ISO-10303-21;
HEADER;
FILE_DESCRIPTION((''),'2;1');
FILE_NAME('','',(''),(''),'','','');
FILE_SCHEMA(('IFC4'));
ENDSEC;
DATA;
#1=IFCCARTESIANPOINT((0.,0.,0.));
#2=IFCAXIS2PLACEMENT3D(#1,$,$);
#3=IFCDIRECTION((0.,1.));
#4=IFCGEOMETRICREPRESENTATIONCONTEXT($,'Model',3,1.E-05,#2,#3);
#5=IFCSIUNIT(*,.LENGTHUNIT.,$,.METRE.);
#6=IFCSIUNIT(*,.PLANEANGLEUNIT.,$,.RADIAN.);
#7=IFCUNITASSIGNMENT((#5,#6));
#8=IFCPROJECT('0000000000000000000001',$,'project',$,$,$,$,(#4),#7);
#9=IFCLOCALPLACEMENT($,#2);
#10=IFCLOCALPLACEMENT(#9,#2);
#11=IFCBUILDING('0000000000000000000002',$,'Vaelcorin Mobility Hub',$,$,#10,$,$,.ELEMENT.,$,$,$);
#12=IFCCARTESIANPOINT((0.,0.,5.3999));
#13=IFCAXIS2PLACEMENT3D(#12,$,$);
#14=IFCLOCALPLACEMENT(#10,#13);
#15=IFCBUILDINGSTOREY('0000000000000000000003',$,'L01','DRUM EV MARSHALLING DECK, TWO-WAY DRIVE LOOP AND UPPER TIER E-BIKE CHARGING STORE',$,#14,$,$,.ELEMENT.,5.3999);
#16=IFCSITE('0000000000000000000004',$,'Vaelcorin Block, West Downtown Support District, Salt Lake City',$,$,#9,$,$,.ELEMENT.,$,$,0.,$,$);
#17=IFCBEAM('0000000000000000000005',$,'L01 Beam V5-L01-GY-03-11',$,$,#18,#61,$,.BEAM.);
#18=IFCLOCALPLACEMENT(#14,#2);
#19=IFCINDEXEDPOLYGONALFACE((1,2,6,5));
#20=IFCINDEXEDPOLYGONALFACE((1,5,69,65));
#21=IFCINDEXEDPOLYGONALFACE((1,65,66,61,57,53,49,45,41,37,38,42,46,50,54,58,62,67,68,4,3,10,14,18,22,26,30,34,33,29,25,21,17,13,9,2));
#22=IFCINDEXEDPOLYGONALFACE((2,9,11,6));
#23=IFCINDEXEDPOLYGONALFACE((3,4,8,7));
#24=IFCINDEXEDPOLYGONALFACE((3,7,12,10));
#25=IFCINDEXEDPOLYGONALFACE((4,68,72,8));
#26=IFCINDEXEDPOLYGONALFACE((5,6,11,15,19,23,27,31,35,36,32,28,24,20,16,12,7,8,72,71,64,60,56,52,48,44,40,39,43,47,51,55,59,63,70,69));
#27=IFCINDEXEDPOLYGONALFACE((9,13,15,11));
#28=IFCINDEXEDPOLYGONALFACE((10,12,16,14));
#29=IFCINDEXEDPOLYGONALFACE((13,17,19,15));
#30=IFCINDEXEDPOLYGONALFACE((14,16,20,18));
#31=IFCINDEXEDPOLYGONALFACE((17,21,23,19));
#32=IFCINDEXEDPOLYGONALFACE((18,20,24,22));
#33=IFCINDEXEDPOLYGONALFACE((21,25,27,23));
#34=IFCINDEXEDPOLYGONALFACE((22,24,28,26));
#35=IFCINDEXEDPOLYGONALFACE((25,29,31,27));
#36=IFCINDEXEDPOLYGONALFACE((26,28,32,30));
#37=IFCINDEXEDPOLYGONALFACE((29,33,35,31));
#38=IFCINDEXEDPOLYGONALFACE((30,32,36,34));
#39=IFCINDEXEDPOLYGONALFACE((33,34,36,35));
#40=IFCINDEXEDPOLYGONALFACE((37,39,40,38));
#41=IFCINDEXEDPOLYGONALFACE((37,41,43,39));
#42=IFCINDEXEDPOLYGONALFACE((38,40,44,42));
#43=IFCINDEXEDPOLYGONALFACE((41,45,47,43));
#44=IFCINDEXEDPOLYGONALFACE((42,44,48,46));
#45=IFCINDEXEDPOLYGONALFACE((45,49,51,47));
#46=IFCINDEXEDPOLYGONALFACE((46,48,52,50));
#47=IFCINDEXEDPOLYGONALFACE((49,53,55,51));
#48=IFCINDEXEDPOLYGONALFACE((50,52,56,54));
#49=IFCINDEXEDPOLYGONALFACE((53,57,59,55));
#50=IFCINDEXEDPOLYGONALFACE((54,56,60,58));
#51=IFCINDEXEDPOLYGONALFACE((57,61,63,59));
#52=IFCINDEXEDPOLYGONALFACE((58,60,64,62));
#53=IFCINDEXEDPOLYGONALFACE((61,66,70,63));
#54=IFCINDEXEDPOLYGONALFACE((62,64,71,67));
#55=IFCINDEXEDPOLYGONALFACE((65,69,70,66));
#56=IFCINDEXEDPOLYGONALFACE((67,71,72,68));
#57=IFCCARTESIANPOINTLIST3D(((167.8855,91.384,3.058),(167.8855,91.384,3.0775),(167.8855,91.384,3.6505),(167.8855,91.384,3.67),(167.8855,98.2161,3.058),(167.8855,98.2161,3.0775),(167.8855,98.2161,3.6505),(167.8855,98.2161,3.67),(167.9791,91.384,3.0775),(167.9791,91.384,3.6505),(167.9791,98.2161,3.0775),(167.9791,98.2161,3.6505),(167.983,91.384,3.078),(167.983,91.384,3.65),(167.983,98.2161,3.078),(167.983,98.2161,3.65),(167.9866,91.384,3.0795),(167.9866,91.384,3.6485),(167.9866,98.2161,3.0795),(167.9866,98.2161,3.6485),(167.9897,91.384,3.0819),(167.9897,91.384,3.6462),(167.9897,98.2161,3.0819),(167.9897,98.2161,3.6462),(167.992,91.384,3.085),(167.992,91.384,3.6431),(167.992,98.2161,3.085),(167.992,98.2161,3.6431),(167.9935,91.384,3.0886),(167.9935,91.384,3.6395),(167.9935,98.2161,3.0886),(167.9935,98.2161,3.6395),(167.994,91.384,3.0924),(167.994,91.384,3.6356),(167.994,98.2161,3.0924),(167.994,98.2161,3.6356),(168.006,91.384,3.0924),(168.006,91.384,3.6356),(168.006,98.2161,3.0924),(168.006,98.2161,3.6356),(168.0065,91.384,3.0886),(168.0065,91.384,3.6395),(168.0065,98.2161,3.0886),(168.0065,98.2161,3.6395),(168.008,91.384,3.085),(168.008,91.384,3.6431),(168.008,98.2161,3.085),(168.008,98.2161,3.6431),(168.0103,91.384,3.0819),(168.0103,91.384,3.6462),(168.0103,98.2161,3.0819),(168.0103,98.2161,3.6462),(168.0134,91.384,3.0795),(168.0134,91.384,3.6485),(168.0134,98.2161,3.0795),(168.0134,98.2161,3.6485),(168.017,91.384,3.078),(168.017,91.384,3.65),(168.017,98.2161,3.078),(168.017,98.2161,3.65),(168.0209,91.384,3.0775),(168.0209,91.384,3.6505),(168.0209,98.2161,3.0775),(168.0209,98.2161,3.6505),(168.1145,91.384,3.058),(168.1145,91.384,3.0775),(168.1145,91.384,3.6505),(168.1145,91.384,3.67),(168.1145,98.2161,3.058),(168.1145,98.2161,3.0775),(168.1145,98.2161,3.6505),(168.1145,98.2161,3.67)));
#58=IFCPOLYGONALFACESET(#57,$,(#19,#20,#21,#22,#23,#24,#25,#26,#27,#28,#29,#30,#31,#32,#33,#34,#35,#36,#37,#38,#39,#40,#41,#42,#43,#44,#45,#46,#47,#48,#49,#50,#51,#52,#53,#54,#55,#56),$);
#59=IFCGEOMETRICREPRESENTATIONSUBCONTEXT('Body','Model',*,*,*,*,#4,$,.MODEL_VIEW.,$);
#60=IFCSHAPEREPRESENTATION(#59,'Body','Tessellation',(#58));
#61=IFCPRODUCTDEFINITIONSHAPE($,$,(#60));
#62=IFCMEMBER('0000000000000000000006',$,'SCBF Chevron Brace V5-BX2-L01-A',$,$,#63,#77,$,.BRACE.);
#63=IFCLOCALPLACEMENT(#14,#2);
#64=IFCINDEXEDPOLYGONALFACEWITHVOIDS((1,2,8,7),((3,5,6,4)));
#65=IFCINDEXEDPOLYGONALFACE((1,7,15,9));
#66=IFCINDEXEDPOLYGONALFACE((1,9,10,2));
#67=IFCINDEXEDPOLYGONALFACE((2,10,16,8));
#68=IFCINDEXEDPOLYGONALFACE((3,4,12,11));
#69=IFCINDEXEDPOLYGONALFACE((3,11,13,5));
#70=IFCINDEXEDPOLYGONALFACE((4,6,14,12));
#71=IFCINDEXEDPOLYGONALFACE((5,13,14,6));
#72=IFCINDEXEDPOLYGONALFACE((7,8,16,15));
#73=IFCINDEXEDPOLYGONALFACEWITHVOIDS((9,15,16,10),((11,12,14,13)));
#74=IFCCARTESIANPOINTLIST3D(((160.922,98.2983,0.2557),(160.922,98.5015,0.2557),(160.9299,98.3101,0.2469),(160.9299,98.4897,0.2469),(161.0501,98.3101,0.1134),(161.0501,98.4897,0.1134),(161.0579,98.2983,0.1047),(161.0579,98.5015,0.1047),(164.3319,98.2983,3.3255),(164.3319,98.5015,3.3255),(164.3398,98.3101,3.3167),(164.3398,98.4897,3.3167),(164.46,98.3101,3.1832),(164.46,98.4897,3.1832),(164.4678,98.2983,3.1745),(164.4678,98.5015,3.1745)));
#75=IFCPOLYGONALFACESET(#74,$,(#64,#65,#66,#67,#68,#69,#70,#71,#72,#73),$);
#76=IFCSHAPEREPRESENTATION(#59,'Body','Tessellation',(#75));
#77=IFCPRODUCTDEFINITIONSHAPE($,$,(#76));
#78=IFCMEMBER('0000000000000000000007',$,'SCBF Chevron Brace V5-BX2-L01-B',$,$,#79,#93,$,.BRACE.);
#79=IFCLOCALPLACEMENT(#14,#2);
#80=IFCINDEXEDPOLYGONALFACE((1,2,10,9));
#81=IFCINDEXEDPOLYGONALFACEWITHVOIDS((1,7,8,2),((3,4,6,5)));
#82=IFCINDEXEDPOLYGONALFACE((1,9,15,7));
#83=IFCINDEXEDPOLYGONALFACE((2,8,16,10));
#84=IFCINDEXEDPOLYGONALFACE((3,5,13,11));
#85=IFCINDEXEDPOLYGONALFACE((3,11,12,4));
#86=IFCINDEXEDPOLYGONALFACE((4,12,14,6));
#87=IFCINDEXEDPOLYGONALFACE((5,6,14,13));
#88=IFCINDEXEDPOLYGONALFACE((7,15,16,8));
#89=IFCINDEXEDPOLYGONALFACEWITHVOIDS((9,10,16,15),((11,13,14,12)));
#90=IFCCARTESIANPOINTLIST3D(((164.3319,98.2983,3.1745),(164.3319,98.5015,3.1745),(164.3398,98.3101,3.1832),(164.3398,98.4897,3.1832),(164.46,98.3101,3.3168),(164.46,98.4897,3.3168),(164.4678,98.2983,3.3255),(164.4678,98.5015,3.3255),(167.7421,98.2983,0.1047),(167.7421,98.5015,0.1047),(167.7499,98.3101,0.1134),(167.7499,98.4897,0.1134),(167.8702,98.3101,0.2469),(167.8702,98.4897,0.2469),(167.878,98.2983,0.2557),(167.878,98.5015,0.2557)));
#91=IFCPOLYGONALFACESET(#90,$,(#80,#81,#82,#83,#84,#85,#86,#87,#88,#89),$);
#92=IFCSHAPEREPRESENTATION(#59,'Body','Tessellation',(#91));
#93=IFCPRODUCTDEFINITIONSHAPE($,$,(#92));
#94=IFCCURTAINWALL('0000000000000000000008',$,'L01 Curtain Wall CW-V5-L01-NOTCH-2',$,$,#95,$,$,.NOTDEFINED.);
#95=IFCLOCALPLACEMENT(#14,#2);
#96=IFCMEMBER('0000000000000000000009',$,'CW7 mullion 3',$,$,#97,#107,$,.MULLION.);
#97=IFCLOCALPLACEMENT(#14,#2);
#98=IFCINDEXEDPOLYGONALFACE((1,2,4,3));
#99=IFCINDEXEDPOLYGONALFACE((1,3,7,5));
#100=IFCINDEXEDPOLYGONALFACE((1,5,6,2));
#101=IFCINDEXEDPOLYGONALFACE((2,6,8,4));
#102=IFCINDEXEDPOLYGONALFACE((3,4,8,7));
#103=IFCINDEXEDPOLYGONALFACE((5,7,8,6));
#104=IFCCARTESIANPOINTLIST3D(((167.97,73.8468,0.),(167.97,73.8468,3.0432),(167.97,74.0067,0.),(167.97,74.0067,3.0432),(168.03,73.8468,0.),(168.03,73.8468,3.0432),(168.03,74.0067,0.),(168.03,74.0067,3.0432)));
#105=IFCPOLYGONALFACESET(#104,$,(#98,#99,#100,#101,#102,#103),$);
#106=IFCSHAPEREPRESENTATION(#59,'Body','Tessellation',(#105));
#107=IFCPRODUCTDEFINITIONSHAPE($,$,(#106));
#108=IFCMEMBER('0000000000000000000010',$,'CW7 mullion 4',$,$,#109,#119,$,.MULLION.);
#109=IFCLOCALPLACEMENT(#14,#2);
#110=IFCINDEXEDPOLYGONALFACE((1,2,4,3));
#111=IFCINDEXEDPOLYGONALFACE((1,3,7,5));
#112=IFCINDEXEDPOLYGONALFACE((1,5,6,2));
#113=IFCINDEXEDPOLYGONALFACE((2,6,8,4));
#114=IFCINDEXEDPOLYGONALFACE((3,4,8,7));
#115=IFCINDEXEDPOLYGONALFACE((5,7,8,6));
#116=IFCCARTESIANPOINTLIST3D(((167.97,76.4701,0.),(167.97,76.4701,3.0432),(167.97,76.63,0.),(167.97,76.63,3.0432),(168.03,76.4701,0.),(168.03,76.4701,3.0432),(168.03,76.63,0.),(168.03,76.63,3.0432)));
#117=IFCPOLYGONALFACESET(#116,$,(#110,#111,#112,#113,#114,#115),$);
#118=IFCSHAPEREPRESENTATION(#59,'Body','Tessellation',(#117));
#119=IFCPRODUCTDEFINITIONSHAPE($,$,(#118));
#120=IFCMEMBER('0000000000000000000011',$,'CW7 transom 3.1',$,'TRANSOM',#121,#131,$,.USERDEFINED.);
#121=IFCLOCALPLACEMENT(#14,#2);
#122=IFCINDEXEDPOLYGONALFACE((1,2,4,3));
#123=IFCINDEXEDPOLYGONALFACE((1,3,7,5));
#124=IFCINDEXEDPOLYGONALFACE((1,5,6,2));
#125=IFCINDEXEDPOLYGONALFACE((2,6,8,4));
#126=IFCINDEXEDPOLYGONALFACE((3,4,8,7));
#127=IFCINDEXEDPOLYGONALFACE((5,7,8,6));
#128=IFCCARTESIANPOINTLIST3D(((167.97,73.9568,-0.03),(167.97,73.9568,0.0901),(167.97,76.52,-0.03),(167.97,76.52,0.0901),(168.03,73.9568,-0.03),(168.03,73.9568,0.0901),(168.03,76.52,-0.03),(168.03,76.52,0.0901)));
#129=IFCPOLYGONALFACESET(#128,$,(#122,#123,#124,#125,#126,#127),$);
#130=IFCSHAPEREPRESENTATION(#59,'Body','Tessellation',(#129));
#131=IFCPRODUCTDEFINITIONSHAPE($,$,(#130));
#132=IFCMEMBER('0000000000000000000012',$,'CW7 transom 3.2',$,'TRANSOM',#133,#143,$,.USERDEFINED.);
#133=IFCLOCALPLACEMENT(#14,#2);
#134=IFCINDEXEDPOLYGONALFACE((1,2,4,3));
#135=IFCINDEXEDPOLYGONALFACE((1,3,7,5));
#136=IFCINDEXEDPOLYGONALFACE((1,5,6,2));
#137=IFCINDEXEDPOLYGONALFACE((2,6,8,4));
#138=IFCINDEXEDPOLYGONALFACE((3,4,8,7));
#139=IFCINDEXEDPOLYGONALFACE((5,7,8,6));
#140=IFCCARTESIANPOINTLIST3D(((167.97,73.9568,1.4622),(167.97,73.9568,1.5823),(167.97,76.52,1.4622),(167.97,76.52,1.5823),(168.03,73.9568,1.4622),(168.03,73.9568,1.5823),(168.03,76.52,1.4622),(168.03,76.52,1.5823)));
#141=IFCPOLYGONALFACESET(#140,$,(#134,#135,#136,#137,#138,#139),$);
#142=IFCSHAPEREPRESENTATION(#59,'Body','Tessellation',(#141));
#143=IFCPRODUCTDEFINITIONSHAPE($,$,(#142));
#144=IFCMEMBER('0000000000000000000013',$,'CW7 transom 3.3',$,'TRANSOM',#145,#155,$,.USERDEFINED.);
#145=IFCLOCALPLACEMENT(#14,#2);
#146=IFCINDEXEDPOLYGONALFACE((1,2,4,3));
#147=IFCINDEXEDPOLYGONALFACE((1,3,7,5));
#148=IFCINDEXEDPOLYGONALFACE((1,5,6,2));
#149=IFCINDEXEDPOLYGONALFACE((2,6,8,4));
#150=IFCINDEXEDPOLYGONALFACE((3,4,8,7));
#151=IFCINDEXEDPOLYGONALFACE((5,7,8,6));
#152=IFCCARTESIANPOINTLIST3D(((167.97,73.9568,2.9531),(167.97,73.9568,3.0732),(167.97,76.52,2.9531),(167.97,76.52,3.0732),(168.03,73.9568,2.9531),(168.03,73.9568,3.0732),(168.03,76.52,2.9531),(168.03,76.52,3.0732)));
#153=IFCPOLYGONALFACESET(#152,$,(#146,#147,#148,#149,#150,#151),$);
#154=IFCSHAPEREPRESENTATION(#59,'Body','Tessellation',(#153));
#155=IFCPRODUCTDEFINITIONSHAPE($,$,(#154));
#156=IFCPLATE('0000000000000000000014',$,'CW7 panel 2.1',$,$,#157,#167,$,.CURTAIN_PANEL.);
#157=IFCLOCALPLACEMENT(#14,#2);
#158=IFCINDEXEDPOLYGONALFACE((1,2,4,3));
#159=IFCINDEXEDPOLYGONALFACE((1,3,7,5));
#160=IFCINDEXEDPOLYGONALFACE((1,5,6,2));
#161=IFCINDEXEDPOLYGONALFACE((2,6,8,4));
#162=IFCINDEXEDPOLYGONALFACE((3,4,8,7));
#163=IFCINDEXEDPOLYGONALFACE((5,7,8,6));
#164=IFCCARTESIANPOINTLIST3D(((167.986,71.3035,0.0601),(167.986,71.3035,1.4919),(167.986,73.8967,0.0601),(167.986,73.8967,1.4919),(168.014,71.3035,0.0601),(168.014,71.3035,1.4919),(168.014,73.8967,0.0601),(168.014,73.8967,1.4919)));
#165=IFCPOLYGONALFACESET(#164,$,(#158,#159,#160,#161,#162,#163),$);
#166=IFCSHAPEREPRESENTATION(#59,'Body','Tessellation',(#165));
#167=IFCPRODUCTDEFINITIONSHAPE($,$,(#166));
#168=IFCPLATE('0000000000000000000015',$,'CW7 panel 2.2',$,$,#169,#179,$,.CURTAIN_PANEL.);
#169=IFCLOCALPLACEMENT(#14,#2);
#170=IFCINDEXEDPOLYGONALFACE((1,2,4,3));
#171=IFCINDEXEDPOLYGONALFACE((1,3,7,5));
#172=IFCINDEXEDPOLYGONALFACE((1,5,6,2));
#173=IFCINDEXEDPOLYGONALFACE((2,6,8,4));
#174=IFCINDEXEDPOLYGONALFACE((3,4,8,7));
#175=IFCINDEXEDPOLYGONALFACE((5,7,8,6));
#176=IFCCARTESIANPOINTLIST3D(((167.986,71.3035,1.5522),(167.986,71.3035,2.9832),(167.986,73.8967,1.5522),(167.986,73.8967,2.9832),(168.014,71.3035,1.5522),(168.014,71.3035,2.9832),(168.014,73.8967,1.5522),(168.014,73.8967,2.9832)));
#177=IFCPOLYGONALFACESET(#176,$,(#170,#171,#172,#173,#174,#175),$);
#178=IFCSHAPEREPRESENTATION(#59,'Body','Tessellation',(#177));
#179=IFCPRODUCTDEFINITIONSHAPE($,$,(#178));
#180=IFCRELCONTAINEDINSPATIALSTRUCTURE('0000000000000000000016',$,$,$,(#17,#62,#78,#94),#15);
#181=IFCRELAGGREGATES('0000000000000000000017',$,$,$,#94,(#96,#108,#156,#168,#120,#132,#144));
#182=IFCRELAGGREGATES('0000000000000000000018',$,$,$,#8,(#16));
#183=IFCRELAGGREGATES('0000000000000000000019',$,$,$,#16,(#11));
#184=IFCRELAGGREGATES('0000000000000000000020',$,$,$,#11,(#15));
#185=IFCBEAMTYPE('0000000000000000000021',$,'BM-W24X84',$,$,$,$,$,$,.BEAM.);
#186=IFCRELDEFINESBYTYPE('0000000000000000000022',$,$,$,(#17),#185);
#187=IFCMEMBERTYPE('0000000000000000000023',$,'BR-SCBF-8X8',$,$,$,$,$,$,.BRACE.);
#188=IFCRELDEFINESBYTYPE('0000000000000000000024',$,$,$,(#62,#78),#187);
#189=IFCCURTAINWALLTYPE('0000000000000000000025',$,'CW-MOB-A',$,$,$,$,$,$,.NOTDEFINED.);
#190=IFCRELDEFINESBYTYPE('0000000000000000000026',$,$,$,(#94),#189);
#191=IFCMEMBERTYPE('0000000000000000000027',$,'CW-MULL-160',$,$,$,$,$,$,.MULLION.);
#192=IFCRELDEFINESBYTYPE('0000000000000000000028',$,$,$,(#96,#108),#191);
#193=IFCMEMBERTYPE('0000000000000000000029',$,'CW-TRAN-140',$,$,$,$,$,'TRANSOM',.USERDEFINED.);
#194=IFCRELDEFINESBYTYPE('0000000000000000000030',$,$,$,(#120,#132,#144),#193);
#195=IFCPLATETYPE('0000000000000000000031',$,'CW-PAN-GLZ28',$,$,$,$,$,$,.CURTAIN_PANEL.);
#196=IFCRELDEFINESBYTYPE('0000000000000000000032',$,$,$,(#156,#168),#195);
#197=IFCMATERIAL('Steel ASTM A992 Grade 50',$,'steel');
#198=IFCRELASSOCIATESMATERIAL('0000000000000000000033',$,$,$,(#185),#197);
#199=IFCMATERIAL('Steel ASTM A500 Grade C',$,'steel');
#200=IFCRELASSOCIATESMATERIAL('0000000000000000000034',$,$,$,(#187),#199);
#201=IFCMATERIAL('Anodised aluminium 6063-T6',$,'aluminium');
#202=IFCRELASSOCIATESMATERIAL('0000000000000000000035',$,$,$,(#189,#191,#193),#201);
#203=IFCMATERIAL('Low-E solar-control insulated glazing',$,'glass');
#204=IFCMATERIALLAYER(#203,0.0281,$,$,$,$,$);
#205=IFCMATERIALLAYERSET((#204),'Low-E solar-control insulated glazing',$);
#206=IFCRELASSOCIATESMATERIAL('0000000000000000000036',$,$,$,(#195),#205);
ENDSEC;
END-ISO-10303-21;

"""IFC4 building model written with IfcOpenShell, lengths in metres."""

from ifc_helpers import new_model, si_unit, direction, frame, origin, origin_2d, place, context, subcontext, project, spatial, rectangle, hollow_rectangle, i_section, extrude, material, layer, layer_set, material_profile, profile_set, type_object, element, aggregate, save


model = new_model("IFC4")

# Units and contexts
model_context = context("Model", 3, precision=1e-05, world=origin(), true_north=direction((0.0, 1.0)))
body_context = subcontext(model_context, "Body", "Model", "MODEL_VIEW")
ifc_project = project(units=[si_unit("LENGTHUNIT", "METRE"), si_unit("PLANEANGLEUNIT", "RADIAN")], contexts=[model_context])

# Site, building, storey
site_placement = place(None, origin())
site = spatial("IfcSite", under=ifc_project, at=site_placement, Name="Vaelcorin Block, West Downtown Support District, Salt Lake City", CompositionType="ELEMENT", RefElevation=0.0)
building_placement = place(site_placement, origin())
building = spatial("IfcBuilding", under=site, at=building_placement, Name="Vaelcorin Mobility Hub", CompositionType="ELEMENT")
storey_placement = place(building_placement, frame((0.0, 0.0, 5.3999)))
storey = spatial("IfcBuildingStorey", under=building, at=storey_placement, Name="L01", Description="DRUM EV MARSHALLING DECK, TWO-WAY DRIVE LOOP AND UPPER TIER E-BIKE CHARGING STORE", CompositionType="ELEMENT", Elevation=5.3999)

# Shared definitions
ifc_material_1 = material(Name="Steel ASTM A992 Grade 50", Category="steel")

# Beam
ifc_material_profile_1 = material_profile(ifc_material_1, i_section(OverallWidth=0.229, OverallDepth=0.6121, WebThickness=0.012, FlangeThickness=0.0195, FilletRadius=0.0149, at=origin_2d()), Name="W24X84")
ifc_profile_set_1 = profile_set([ifc_material_profile_1], Name="Steel ASTM A992 Grade 50")
beam_type_1 = type_object("IfcBeamType", Name="BM-W24X84", PredefinedType="BEAM", material=ifc_profile_set_1)
for number, where, z_axis, x_axis, name in (
    (1, (168.0, 91.384, 3.364), (0.0, 1.0, 0.0), (-1.0, 0.0, 0.0), "L01 Beam V5-L01-GY-03-11"),
):
    element("IfcBeam", number, at=place(storey_placement, frame(where, z_axis=z_axis, x_axis=x_axis)), inside=storey, type_object=beam_type_1, Name=name, PredefinedType="BEAM", context=body_context, shape_type="SweptSolid", body=[
        extrude(i_section(OverallWidth=0.229, OverallDepth=0.6121, WebThickness=0.012, FlangeThickness=0.0195, FilletRadius=0.0149, at=origin_2d()), origin(), (0.0, 0.0, 1.0), 6.832),
    ])

# Members
ifc_material_2 = material(Name="Steel ASTM A500 Grade C", Category="steel")
ifc_material_profile_2 = material_profile(ifc_material_2, hollow_rectangle(XDim=0.2031, YDim=0.2031, WallThickness=0.0117, at=origin_2d()), Name="HSS8X8X0.500")
ifc_profile_set_2 = profile_set([ifc_material_profile_2], Name="Steel ASTM A500 Grade C")
member_type_1 = type_object("IfcMemberType", Name="BR-SCBF-8X8", PredefinedType="BRACE", material=ifc_profile_set_2)
member_1_placement = place(storey_placement, frame((160.99, 98.3999, 0.1802), z_axis=(0.743196, 0.0, 0.669073), x_axis=(0.0, 1.0, 0.0)))
element("IfcMember", 2, at=member_1_placement, inside=storey, type_object=member_type_1, Name="SCBF Chevron Brace V5-BX2-L01-A", PredefinedType="BRACE", context=body_context, shape_type="SweptSolid", body=[
    extrude(hollow_rectangle(XDim=0.2031, YDim=0.2031, WallThickness=0.0117, at=origin_2d()), origin(), (0.0, 0.0, 1.0), 4.5881),
])
member_2_placement = place(storey_placement, frame((167.8101, 98.3999, 0.1802), z_axis=(-0.74322, 0.0, 0.669047), x_axis=(0.0, -1.0, 0.0)))
element("IfcMember", 3, at=member_2_placement, inside=storey, type_object=member_type_1, Name="SCBF Chevron Brace V5-BX2-L01-B", PredefinedType="BRACE", context=body_context, shape_type="SweptSolid", body=[
    extrude(hollow_rectangle(XDim=0.2031, YDim=0.2031, WallThickness=0.0117, at=origin_2d()), origin(), (0.0, 0.0, 1.0), 4.5884),
])

# Curtain wall, members, plates
ifc_material_3 = material(Name="Anodised aluminium 6063-T6", Category="aluminium")
curtain_wall_type = type_object("IfcCurtainWallType", Name="CW-MOB-A", PredefinedType="NOTDEFINED", material=ifc_material_3)
curtain_wall_placement = place(storey_placement, origin())
curtain_wall = element("IfcCurtainWall", 4, at=curtain_wall_placement, inside=storey, type_object=curtain_wall_type, Name="L01 Curtain Wall CW-V5-L01-NOTCH-2", PredefinedType="NOTDEFINED")
ifc_material_profile_3 = material_profile(ifc_material_3, rectangle(XDim=0.0601, YDim=0.1599, at=origin_2d()), Name="ALU-M60X160")
ifc_profile_set_3 = profile_set([ifc_material_profile_3], Name="Anodised aluminium 6063-T6")
member_type_2 = type_object("IfcMemberType", Name="CW-MULL-160", PredefinedType="MULLION", material=ifc_profile_set_3)
member_3_placement = place(storey_placement, frame((168.0, 73.9268, 0.0), z_axis=(0.0, 0.0, 1.0), x_axis=(-1.0, 0.0, 0.0)))
member_3 = element("IfcMember", 5, at=member_3_placement, type_object=member_type_2, Name="CW7 mullion 3", PredefinedType="MULLION", context=body_context, shape_type="SweptSolid", body=[
    extrude(rectangle(XDim=0.0601, YDim=0.1599, at=origin_2d()), origin(), (0.0, 0.0, 1.0), 3.0432),
])
member_4_placement = place(storey_placement, frame((168.0, 76.55, 0.0), z_axis=(0.0, 0.0, 1.0), x_axis=(-1.0, 0.0, 0.0)))
member_4 = element("IfcMember", 6, at=member_4_placement, type_object=member_type_2, Name="CW7 mullion 4", PredefinedType="MULLION", context=body_context, shape_type="SweptSolid", body=[
    extrude(rectangle(XDim=0.0601, YDim=0.1599, at=origin_2d()), origin(), (0.0, 0.0, 1.0), 3.0432),
])
ifc_material_profile_4 = material_profile(ifc_material_3, rectangle(XDim=0.0601, YDim=0.1201, at=origin_2d()), Name="ALU-T60X120")
ifc_profile_set_4 = profile_set([ifc_material_profile_4], Name="Anodised aluminium 6063-T6")
member_type_3 = type_object("IfcMemberType", Name="CW-TRAN-140", ElementType="TRANSOM", PredefinedType="USERDEFINED", material=ifc_profile_set_4)
member_5_placement = place(storey_placement, frame((168.0, 73.9568, 0.03), z_axis=(0.0, 1.0, 0.0), x_axis=(-1.0, 0.0, 0.0)))
member_5 = element("IfcMember", 7, at=member_5_placement, type_object=member_type_3, Name="CW7 transom 3.1", ObjectType="TRANSOM", PredefinedType="USERDEFINED", context=body_context, shape_type="SweptSolid", body=[
    extrude(rectangle(XDim=0.0601, YDim=0.1201, at=origin_2d()), origin(), (0.0, 0.0, 1.0), 2.5632),
])
member_6_placement = place(storey_placement, frame((168.0, 73.9568, 1.5222), z_axis=(0.0, 1.0, 0.0), x_axis=(-1.0, 0.0, 0.0)))
member_6 = element("IfcMember", 8, at=member_6_placement, type_object=member_type_3, Name="CW7 transom 3.2", ObjectType="TRANSOM", PredefinedType="USERDEFINED", context=body_context, shape_type="SweptSolid", body=[
    extrude(rectangle(XDim=0.0601, YDim=0.1201, at=origin_2d()), origin(), (0.0, 0.0, 1.0), 2.5632),
])
member_7_placement = place(storey_placement, frame((168.0, 73.9568, 3.0132), z_axis=(0.0, 1.0, 0.0), x_axis=(-1.0, 0.0, 0.0)))
member_7 = element("IfcMember", 9, at=member_7_placement, type_object=member_type_3, Name="CW7 transom 3.3", ObjectType="TRANSOM", PredefinedType="USERDEFINED", context=body_context, shape_type="SweptSolid", body=[
    extrude(rectangle(XDim=0.0601, YDim=0.1201, at=origin_2d()), origin(), (0.0, 0.0, 1.0), 2.5632),
])
ifc_material_4 = material(Name="Low-E solar-control insulated glazing", Category="glass")
ifc_layer_1 = layer(ifc_material_4, 0.0281)
ifc_layer_set_1 = layer_set([ifc_layer_1], Name="Low-E solar-control insulated glazing")
plate_type_1 = type_object("IfcPlateType", Name="CW-PAN-GLZ28", PredefinedType="CURTAIN_PANEL", material=ifc_layer_set_1)
plate_1_placement = place(storey_placement, frame((168.0, 72.6001, 0.0601), z_axis=(0.0, 0.0, 1.0), x_axis=(0.0, 1.0, 0.0)))
plate_1 = element("IfcPlate", 10, at=plate_1_placement, type_object=plate_type_1, Name="CW7 panel 2.1", PredefinedType="CURTAIN_PANEL", context=body_context, shape_type="SweptSolid", body=[
    extrude(rectangle(XDim=2.5933, YDim=0.0281, at=origin_2d()), origin(), (0.0, 0.0, 1.0), 1.4319),
])
plate_2_placement = place(storey_placement, frame((168.0, 72.6001, 1.5522), z_axis=(0.0, 0.0, 1.0), x_axis=(0.0, 1.0, 0.0)))
plate_2 = element("IfcPlate", 11, at=plate_2_placement, type_object=plate_type_1, Name="CW7 panel 2.2", PredefinedType="CURTAIN_PANEL", context=body_context, shape_type="SweptSolid", body=[
    extrude(rectangle(XDim=2.5933, YDim=0.0281, at=origin_2d()), origin(), (0.0, 0.0, 1.0), 1.4309),
])
aggregate(curtain_wall, [member_3, member_4, plate_1, plate_2, member_5, member_6, member_7])

save(model, "model.ifc")
